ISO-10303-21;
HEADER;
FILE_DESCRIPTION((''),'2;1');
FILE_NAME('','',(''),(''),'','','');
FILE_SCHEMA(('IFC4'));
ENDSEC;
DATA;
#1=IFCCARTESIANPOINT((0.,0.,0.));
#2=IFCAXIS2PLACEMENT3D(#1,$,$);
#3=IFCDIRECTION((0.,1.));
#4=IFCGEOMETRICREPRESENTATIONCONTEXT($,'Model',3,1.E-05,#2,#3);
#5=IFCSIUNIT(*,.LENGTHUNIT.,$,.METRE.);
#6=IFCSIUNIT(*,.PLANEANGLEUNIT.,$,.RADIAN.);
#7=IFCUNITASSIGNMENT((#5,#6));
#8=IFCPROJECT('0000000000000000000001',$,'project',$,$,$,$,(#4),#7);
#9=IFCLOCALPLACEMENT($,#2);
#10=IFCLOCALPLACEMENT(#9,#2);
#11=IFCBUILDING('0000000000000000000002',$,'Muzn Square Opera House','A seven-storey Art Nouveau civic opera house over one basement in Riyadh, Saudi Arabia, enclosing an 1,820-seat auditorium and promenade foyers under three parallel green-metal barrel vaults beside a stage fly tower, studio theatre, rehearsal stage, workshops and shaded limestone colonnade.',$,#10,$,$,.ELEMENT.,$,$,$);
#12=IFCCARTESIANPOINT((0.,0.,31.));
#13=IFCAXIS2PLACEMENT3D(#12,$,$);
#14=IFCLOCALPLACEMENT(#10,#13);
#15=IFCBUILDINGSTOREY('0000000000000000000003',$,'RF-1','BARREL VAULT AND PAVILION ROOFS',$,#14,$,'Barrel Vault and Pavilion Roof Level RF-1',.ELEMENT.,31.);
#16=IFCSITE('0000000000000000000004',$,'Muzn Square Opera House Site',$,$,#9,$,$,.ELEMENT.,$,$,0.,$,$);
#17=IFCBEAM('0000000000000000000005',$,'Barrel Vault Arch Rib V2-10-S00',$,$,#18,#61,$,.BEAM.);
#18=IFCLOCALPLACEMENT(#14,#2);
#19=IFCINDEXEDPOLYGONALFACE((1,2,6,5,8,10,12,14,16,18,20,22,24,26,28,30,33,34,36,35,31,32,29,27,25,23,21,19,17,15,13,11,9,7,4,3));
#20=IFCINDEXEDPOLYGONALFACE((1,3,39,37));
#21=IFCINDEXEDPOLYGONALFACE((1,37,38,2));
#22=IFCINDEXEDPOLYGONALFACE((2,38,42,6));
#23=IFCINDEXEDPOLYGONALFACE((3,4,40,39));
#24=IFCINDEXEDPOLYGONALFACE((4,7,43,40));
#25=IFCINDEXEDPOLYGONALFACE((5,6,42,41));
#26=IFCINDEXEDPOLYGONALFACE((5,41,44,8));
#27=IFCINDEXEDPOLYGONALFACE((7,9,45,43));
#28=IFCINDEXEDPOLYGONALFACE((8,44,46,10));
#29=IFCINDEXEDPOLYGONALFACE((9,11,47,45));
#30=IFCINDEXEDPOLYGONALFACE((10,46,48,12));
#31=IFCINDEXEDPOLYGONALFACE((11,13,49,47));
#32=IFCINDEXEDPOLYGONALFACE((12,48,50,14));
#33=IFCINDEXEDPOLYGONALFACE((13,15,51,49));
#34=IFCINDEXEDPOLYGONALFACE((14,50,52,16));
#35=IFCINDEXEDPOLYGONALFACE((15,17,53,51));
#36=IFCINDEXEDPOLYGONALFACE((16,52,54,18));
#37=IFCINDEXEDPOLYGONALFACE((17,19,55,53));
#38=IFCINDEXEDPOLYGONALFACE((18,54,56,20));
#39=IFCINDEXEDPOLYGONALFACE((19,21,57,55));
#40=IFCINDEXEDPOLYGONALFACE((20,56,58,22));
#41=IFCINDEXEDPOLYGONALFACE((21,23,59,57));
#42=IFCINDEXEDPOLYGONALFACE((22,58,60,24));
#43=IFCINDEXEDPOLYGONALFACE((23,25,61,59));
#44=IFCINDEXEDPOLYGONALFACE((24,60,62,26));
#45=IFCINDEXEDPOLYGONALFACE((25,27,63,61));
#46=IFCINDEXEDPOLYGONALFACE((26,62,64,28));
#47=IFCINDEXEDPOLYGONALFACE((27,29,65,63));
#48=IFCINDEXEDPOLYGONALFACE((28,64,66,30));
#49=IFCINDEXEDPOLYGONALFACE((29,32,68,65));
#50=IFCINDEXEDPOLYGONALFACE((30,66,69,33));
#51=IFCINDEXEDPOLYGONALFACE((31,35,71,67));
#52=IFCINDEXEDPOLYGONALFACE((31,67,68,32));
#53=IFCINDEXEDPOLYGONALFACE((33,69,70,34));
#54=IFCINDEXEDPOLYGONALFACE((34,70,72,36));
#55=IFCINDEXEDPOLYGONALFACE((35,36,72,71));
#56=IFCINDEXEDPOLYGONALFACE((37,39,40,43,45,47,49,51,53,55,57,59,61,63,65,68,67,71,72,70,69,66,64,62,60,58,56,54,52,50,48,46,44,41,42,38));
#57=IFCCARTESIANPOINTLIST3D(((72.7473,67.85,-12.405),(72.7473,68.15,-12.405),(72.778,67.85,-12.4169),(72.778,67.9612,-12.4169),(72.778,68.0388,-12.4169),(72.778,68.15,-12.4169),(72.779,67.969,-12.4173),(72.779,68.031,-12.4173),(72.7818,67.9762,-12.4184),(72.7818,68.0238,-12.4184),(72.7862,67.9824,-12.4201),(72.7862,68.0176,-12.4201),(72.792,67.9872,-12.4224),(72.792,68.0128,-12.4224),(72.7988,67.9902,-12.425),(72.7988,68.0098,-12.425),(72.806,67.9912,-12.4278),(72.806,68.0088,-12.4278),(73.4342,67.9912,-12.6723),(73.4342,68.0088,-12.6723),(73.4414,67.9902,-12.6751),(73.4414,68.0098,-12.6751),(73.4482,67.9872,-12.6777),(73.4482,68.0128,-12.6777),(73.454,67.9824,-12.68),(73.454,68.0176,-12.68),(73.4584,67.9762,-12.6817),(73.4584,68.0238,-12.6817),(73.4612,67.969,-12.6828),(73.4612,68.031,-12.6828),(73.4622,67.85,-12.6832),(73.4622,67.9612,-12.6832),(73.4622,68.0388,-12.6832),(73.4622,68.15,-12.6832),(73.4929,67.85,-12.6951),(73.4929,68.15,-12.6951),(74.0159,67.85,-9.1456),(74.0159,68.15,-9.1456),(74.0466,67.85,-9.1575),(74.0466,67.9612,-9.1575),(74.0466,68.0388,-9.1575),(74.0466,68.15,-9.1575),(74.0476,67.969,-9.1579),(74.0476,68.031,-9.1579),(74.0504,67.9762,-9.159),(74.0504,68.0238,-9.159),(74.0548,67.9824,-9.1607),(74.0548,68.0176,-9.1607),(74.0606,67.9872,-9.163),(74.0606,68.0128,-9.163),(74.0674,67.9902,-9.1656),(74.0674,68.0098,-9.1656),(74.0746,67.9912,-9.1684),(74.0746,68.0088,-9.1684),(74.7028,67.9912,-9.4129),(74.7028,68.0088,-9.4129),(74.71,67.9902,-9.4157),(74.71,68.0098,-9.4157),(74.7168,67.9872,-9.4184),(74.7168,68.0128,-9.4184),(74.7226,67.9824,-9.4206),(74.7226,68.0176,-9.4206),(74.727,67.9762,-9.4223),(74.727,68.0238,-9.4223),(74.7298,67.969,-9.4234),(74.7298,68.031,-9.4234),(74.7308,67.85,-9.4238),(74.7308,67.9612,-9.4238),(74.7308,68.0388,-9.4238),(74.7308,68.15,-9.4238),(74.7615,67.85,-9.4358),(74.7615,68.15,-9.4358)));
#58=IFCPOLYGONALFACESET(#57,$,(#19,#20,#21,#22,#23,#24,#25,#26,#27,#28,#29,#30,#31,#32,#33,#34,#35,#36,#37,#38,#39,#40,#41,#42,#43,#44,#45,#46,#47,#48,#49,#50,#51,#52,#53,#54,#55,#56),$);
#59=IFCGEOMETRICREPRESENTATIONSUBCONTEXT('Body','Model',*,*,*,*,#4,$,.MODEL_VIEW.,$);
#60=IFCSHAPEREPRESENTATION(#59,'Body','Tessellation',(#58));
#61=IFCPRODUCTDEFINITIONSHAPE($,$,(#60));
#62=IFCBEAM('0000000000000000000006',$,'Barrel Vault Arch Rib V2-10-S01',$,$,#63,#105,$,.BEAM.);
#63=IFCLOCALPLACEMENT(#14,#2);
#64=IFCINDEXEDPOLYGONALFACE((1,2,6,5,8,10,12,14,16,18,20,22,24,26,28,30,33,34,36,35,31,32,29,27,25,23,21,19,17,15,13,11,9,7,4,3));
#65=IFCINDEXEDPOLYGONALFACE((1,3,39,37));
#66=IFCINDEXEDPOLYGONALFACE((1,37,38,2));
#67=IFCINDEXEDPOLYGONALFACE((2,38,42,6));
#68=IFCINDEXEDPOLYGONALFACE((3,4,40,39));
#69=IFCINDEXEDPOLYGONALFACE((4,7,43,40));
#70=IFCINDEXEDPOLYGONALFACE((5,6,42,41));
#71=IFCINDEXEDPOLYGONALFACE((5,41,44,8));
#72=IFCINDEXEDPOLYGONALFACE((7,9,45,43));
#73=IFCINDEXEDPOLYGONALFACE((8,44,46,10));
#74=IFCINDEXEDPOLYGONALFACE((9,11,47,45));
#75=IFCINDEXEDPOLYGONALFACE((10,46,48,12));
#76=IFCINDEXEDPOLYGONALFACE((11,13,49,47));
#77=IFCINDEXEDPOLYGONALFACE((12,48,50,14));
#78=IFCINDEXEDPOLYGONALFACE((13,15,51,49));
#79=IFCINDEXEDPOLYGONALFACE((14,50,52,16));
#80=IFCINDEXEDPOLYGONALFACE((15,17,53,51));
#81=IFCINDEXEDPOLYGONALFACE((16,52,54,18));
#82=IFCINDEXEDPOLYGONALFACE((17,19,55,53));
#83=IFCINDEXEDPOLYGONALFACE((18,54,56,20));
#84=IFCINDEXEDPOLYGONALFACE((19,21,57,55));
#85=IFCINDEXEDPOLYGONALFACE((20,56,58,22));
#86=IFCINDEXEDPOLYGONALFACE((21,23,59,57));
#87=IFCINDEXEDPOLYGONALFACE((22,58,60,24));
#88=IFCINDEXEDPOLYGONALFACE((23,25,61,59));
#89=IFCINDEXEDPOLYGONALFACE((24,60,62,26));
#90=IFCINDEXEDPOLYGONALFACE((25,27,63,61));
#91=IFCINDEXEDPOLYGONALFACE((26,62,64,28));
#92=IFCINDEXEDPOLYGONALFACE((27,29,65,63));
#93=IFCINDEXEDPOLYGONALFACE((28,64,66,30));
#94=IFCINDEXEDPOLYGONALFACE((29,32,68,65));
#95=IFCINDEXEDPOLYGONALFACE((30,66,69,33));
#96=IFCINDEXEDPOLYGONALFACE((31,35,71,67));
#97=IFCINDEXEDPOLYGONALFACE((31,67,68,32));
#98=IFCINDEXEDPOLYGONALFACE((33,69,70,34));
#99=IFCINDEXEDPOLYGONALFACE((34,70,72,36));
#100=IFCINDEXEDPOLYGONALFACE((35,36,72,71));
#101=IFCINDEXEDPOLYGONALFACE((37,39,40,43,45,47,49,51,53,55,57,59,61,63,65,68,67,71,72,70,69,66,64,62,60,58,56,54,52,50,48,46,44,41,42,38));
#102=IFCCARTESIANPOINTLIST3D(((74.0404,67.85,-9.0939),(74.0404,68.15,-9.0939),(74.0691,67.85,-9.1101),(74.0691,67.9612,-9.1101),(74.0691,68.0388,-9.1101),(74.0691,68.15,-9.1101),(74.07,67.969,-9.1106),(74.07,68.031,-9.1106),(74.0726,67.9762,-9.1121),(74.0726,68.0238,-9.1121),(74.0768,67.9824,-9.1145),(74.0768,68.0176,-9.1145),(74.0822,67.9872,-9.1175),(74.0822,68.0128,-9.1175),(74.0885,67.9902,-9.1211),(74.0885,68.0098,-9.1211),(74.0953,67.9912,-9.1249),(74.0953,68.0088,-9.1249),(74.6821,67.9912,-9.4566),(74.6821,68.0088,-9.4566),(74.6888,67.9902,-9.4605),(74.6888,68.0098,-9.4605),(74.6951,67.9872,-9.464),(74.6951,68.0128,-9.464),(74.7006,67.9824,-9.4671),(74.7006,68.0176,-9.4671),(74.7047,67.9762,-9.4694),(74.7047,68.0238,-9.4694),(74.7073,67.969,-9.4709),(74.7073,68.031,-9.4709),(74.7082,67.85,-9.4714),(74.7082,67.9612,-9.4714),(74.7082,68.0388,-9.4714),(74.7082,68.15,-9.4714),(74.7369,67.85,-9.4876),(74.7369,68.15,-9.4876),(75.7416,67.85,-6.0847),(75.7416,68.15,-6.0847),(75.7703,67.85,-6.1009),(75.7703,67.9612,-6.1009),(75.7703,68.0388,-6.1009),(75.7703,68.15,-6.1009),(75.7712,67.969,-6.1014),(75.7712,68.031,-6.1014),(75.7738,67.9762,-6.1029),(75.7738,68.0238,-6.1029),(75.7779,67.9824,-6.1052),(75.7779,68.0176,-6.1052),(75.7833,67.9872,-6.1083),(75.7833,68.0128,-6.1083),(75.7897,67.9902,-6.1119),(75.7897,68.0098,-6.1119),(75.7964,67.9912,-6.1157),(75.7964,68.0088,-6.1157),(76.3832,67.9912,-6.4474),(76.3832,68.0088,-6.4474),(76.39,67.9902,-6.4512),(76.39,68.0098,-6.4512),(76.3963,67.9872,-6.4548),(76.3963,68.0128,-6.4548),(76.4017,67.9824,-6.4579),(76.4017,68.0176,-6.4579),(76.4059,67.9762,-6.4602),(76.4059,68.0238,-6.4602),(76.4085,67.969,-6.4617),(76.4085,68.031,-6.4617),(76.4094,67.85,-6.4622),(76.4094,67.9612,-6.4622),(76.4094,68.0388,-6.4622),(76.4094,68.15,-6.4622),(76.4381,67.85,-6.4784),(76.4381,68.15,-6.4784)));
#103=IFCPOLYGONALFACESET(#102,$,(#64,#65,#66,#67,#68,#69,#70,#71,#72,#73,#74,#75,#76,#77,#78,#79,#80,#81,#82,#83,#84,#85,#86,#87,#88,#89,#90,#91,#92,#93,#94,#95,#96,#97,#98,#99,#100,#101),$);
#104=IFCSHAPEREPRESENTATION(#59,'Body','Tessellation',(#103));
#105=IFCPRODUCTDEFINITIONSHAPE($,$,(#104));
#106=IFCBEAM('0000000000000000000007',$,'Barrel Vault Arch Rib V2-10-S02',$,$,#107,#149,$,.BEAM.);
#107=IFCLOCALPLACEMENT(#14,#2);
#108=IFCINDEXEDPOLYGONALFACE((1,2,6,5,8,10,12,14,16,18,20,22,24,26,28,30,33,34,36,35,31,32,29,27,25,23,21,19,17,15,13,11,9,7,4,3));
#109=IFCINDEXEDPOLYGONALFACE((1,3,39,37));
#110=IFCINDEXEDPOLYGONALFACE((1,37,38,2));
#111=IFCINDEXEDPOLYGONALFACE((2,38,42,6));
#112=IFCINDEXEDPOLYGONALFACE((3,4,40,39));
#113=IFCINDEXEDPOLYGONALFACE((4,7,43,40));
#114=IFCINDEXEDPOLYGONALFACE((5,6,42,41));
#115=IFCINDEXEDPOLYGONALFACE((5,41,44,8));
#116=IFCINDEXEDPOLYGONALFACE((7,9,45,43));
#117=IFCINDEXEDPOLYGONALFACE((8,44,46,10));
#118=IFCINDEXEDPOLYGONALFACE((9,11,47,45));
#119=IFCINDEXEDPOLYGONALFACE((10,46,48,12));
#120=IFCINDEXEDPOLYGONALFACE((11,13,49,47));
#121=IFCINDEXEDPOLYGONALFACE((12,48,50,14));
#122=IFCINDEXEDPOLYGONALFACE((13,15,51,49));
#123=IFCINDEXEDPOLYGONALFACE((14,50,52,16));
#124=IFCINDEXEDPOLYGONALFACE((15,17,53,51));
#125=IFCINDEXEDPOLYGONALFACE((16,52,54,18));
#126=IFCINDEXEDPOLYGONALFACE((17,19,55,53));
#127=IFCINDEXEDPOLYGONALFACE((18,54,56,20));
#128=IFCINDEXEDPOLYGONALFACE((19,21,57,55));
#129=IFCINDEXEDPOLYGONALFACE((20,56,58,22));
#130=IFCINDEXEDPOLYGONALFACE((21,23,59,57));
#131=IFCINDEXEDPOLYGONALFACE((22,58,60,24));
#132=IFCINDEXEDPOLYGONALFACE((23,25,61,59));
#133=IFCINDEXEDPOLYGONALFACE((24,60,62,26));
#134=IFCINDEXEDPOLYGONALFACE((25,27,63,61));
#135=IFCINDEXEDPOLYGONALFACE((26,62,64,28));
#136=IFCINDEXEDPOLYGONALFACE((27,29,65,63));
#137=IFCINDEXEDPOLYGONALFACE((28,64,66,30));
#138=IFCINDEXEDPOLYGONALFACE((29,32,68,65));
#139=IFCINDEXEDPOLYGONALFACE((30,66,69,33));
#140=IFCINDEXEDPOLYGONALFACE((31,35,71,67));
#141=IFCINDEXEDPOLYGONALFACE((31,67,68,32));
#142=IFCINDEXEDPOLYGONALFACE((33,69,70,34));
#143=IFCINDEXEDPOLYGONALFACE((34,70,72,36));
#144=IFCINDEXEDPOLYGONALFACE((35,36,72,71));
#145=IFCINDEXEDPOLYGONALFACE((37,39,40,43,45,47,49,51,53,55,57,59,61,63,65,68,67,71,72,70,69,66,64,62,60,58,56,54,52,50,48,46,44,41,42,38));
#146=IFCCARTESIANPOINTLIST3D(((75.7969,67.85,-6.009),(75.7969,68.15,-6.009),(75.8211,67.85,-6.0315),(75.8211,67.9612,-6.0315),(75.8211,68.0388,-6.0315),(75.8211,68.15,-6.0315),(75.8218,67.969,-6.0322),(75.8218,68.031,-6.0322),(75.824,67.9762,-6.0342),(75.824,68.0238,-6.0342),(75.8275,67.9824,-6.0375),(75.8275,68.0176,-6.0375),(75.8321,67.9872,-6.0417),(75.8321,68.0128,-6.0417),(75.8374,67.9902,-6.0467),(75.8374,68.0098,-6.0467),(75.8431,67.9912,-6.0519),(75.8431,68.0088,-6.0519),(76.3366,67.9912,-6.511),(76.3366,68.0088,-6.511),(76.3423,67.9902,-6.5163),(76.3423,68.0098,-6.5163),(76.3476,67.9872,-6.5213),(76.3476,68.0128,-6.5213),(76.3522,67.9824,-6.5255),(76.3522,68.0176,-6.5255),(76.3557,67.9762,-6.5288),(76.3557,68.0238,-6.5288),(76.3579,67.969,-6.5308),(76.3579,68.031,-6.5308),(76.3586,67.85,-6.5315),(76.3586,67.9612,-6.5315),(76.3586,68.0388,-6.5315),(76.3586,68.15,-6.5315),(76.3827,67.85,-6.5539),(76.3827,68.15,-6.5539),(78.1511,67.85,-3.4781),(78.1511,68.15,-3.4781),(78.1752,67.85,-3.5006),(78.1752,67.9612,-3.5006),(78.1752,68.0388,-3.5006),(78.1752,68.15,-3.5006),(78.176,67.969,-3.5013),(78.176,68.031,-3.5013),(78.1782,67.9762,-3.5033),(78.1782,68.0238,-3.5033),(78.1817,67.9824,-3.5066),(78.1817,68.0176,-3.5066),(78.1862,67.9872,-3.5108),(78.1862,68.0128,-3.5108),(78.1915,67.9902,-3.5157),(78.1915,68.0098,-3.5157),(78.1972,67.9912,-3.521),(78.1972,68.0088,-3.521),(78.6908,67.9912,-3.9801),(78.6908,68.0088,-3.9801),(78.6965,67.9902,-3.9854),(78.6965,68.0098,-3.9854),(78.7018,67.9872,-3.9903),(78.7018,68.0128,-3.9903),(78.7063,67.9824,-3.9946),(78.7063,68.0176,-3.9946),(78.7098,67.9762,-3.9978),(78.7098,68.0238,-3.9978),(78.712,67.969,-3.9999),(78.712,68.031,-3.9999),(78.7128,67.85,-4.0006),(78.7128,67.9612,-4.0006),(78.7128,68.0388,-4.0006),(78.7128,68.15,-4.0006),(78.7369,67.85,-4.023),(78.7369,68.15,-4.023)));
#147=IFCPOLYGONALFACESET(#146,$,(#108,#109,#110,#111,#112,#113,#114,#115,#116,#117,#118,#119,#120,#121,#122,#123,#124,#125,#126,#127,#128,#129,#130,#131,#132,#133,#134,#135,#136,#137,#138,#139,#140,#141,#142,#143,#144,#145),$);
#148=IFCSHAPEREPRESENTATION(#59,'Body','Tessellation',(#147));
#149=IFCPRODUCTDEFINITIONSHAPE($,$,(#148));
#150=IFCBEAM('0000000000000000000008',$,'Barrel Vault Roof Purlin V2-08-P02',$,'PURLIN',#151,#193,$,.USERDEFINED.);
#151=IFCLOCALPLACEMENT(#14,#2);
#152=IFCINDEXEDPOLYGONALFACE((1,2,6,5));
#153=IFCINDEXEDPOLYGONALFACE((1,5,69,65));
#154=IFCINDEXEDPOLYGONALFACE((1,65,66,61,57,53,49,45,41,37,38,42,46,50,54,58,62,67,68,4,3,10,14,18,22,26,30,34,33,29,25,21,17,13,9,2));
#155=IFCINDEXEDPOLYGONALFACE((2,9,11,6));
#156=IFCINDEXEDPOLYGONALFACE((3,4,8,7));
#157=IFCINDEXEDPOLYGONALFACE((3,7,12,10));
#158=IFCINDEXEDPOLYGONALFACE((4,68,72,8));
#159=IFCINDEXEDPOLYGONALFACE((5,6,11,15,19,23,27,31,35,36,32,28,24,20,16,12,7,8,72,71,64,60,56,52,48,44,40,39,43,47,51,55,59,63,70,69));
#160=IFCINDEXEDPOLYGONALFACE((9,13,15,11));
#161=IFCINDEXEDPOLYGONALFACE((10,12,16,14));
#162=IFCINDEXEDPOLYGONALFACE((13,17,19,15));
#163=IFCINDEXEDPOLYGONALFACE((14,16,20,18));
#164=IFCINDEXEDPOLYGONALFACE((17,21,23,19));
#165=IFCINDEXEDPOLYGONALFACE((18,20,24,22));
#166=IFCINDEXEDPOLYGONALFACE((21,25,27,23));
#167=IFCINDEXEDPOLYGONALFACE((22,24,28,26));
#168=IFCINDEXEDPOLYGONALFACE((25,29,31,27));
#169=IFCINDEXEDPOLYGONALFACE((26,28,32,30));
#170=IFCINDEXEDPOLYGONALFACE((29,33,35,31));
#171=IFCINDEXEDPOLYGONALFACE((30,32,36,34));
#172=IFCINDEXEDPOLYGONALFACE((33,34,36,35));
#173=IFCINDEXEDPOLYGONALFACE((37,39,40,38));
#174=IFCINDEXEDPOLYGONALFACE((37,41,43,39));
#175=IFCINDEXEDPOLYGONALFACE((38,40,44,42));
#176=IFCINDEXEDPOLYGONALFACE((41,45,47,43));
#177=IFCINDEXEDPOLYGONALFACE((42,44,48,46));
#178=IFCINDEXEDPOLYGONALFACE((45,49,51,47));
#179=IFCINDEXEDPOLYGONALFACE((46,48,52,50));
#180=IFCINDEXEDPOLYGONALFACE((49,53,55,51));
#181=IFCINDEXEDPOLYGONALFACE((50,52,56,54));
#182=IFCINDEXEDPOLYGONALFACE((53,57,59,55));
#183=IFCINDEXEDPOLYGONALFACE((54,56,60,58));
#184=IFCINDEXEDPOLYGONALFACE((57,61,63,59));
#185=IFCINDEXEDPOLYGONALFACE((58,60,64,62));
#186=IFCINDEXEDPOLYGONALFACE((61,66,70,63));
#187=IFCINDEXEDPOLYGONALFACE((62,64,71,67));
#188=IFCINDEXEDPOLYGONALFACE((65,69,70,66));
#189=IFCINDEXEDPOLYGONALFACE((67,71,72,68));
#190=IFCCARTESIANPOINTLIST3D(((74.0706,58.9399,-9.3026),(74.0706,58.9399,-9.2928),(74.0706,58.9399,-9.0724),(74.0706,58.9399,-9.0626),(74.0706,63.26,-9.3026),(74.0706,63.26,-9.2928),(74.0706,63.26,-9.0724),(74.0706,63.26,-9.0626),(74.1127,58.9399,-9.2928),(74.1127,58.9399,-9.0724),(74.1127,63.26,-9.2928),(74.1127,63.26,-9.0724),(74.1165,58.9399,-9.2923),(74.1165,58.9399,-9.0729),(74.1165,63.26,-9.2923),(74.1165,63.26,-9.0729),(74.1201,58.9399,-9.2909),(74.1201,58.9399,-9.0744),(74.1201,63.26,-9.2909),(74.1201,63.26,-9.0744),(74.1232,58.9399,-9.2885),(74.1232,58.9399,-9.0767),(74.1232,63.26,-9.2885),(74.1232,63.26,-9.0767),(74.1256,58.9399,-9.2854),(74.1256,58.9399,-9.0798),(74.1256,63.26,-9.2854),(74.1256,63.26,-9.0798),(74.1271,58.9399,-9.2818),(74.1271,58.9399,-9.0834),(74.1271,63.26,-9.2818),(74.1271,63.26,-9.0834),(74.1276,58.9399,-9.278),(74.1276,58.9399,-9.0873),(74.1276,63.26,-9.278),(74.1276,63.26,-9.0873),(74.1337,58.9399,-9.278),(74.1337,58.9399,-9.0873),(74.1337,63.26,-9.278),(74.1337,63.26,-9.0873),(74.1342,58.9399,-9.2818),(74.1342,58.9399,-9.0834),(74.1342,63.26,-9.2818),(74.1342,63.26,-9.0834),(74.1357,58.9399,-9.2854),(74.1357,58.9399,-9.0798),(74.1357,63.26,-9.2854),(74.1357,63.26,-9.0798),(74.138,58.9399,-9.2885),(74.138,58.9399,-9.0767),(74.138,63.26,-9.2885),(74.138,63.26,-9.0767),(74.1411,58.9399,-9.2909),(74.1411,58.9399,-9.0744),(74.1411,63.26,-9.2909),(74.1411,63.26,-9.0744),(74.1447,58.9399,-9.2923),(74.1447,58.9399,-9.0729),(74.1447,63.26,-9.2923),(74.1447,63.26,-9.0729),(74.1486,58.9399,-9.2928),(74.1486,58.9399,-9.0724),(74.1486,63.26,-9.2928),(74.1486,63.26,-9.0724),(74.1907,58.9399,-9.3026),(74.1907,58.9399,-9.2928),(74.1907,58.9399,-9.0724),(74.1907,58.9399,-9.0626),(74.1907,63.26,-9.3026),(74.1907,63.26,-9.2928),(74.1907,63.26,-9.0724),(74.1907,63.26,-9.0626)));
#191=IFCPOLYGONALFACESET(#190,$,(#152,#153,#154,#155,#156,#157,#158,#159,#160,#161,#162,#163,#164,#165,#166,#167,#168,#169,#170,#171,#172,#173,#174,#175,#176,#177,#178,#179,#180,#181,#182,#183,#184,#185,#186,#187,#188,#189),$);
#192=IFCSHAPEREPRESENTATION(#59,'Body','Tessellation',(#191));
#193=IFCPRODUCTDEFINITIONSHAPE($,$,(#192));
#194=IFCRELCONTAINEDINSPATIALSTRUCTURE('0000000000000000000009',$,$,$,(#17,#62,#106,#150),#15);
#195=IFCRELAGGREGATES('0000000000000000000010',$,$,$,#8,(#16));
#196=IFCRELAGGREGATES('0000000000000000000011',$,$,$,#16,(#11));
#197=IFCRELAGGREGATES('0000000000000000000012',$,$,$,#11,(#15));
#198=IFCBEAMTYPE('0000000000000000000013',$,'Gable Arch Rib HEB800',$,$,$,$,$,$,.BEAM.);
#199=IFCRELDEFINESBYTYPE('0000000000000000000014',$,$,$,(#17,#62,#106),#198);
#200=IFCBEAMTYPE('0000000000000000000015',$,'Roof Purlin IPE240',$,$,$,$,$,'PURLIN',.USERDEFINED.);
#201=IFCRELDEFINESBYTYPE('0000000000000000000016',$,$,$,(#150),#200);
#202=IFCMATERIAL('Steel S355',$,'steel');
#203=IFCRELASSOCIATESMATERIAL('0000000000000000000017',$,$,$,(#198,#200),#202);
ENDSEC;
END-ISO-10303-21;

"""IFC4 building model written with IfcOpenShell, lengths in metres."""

from ifc_helpers import new_model, si_unit, direction, frame, origin, origin_2d, place, context, subcontext, project, spatial, i_section, extrude, material, material_profile, profile_set, type_object, element, save


model = new_model("IFC4")

# Units and contexts
model_context = context("Model", 3, precision=1e-05, world=origin(), true_north=direction((0.0, 1.0)))
body_context = subcontext(model_context, "Body", "Model", "MODEL_VIEW")
ifc_project = project(units=[si_unit("LENGTHUNIT", "METRE"), si_unit("PLANEANGLEUNIT", "RADIAN")], contexts=[model_context])

# Site, building, storey
site_placement = place(None, origin())
site = spatial("IfcSite", under=ifc_project, at=site_placement, Name="Muzn Square Opera House Site", CompositionType="ELEMENT", RefElevation=0.0)
building_placement = place(site_placement, origin())
building = spatial("IfcBuilding", under=site, at=building_placement, Name="Muzn Square Opera House", Description="A seven-storey Art Nouveau civic opera house over one basement in Riyadh, Saudi Arabia, enclosing an 1,820-seat auditorium and promenade foyers under three parallel green-metal barrel vaults beside a stage fly tower, studio theatre, rehearsal stage, workshops and shaded limestone colonnade.", CompositionType="ELEMENT")
storey_placement = place(building_placement, frame((0.0, 0.0, 31.0)))
storey = spatial("IfcBuildingStorey", under=building, at=storey_placement, Name="RF-1", Description="BARREL VAULT AND PAVILION ROOFS", LongName="Barrel Vault and Pavilion Roof Level RF-1", CompositionType="ELEMENT", Elevation=31.0)

# Beams
ifc_material_1 = material(Name="Steel S355", Category="steel")
ifc_material_profile_1 = material_profile(ifc_material_1, i_section(OverallWidth=0.3, OverallDepth=0.8, WebThickness=0.0176, FlangeThickness=0.033, FilletRadius=0.03, at=origin_2d()), Name="HEB 800", Category="steel")
ifc_profile_set_1 = profile_set([ifc_material_profile_1], Name="Steel S355")
beam_type_1 = type_object("IfcBeamType", Name="Gable Arch Rib HEB800", PredefinedType="BEAM", material=ifc_profile_set_1)
beam_1_placement = place(storey_placement, frame((73.1201, 68.0, -12.55), z_axis=(0.362709, 0.0, 0.931902), x_axis=(0.0, 1.0, 0.0)))
element("IfcBeam", 1, at=beam_1_placement, inside=storey, type_object=beam_type_1, Name="Barrel Vault Arch Rib V2-10-S00", PredefinedType="BEAM", context=body_context, shape_type="SweptSolid", body=[
    extrude(i_section(OverallWidth=0.3, OverallDepth=0.8, WebThickness=0.0176, FlangeThickness=0.033, FilletRadius=0.03, at=origin_2d()), origin(), (0.0, 0.0, 1.0), 3.4976),
])
beam_2_placement = place(storey_placement, frame((74.3887, 68.0, -9.2908), z_axis=(0.492118, 0.0, 0.870529), x_axis=(0.0, 1.0, 0.0)))
element("IfcBeam", 2, at=beam_2_placement, inside=storey, type_object=beam_type_1, Name="Barrel Vault Arch Rib V2-10-S01", PredefinedType="BEAM", context=body_context, shape_type="SweptSolid", body=[
    extrude(i_section(OverallWidth=0.3, OverallDepth=0.8, WebThickness=0.0176, FlangeThickness=0.033, FilletRadius=0.03, at=origin_2d()), origin(), (0.0, 0.0, 1.0), 3.4568),
])
beam_3_placement = place(storey_placement, frame((76.0898, 68.0, -6.2815), z_axis=(0.681077, 0.0, 0.732212), x_axis=(0.0, 1.0, 0.0)))
element("IfcBeam", 3, at=beam_3_placement, inside=storey, type_object=beam_type_1, Name="Barrel Vault Arch Rib V2-10-S02", PredefinedType="BEAM", context=body_context, shape_type="SweptSolid", body=[
    extrude(i_section(OverallWidth=0.3, OverallDepth=0.8, WebThickness=0.0176, FlangeThickness=0.033, FilletRadius=0.03, at=origin_2d()), origin(), (0.0, 0.0, 1.0), 3.4565),
])
ifc_material_profile_2 = material_profile(ifc_material_1, i_section(OverallWidth=0.1201, OverallDepth=0.24, WebThickness=0.0061, FlangeThickness=0.0098, FilletRadius=0.0149, at=origin_2d()), Name="IPE 240", Category="steel")
ifc_profile_set_2 = profile_set([ifc_material_profile_2], Name="Steel S355")
beam_type_2 = type_object("IfcBeamType", Name="Roof Purlin IPE240", ElementType="PURLIN", PredefinedType="USERDEFINED", material=ifc_profile_set_2)
for number, where, z_axis, x_axis, name in (
    (4, (74.1306, 58.9399, -9.1826), (0.0, 1.0, 0.0), (-1.0, 0.0, 0.0), "Barrel Vault Roof Purlin V2-08-P02"),
):
    element("IfcBeam", number, at=place(storey_placement, frame(where, z_axis=z_axis, x_axis=x_axis)), inside=storey, type_object=beam_type_2, Name=name, ObjectType="PURLIN", PredefinedType="USERDEFINED", context=body_context, shape_type="SweptSolid", body=[
        extrude(i_section(OverallWidth=0.1201, OverallDepth=0.24, WebThickness=0.0061, FlangeThickness=0.0098, FilletRadius=0.0149, at=origin_2d()), origin(), (0.0, 0.0, 1.0), 4.3201),
    ])

save(model, "model.ifc")
